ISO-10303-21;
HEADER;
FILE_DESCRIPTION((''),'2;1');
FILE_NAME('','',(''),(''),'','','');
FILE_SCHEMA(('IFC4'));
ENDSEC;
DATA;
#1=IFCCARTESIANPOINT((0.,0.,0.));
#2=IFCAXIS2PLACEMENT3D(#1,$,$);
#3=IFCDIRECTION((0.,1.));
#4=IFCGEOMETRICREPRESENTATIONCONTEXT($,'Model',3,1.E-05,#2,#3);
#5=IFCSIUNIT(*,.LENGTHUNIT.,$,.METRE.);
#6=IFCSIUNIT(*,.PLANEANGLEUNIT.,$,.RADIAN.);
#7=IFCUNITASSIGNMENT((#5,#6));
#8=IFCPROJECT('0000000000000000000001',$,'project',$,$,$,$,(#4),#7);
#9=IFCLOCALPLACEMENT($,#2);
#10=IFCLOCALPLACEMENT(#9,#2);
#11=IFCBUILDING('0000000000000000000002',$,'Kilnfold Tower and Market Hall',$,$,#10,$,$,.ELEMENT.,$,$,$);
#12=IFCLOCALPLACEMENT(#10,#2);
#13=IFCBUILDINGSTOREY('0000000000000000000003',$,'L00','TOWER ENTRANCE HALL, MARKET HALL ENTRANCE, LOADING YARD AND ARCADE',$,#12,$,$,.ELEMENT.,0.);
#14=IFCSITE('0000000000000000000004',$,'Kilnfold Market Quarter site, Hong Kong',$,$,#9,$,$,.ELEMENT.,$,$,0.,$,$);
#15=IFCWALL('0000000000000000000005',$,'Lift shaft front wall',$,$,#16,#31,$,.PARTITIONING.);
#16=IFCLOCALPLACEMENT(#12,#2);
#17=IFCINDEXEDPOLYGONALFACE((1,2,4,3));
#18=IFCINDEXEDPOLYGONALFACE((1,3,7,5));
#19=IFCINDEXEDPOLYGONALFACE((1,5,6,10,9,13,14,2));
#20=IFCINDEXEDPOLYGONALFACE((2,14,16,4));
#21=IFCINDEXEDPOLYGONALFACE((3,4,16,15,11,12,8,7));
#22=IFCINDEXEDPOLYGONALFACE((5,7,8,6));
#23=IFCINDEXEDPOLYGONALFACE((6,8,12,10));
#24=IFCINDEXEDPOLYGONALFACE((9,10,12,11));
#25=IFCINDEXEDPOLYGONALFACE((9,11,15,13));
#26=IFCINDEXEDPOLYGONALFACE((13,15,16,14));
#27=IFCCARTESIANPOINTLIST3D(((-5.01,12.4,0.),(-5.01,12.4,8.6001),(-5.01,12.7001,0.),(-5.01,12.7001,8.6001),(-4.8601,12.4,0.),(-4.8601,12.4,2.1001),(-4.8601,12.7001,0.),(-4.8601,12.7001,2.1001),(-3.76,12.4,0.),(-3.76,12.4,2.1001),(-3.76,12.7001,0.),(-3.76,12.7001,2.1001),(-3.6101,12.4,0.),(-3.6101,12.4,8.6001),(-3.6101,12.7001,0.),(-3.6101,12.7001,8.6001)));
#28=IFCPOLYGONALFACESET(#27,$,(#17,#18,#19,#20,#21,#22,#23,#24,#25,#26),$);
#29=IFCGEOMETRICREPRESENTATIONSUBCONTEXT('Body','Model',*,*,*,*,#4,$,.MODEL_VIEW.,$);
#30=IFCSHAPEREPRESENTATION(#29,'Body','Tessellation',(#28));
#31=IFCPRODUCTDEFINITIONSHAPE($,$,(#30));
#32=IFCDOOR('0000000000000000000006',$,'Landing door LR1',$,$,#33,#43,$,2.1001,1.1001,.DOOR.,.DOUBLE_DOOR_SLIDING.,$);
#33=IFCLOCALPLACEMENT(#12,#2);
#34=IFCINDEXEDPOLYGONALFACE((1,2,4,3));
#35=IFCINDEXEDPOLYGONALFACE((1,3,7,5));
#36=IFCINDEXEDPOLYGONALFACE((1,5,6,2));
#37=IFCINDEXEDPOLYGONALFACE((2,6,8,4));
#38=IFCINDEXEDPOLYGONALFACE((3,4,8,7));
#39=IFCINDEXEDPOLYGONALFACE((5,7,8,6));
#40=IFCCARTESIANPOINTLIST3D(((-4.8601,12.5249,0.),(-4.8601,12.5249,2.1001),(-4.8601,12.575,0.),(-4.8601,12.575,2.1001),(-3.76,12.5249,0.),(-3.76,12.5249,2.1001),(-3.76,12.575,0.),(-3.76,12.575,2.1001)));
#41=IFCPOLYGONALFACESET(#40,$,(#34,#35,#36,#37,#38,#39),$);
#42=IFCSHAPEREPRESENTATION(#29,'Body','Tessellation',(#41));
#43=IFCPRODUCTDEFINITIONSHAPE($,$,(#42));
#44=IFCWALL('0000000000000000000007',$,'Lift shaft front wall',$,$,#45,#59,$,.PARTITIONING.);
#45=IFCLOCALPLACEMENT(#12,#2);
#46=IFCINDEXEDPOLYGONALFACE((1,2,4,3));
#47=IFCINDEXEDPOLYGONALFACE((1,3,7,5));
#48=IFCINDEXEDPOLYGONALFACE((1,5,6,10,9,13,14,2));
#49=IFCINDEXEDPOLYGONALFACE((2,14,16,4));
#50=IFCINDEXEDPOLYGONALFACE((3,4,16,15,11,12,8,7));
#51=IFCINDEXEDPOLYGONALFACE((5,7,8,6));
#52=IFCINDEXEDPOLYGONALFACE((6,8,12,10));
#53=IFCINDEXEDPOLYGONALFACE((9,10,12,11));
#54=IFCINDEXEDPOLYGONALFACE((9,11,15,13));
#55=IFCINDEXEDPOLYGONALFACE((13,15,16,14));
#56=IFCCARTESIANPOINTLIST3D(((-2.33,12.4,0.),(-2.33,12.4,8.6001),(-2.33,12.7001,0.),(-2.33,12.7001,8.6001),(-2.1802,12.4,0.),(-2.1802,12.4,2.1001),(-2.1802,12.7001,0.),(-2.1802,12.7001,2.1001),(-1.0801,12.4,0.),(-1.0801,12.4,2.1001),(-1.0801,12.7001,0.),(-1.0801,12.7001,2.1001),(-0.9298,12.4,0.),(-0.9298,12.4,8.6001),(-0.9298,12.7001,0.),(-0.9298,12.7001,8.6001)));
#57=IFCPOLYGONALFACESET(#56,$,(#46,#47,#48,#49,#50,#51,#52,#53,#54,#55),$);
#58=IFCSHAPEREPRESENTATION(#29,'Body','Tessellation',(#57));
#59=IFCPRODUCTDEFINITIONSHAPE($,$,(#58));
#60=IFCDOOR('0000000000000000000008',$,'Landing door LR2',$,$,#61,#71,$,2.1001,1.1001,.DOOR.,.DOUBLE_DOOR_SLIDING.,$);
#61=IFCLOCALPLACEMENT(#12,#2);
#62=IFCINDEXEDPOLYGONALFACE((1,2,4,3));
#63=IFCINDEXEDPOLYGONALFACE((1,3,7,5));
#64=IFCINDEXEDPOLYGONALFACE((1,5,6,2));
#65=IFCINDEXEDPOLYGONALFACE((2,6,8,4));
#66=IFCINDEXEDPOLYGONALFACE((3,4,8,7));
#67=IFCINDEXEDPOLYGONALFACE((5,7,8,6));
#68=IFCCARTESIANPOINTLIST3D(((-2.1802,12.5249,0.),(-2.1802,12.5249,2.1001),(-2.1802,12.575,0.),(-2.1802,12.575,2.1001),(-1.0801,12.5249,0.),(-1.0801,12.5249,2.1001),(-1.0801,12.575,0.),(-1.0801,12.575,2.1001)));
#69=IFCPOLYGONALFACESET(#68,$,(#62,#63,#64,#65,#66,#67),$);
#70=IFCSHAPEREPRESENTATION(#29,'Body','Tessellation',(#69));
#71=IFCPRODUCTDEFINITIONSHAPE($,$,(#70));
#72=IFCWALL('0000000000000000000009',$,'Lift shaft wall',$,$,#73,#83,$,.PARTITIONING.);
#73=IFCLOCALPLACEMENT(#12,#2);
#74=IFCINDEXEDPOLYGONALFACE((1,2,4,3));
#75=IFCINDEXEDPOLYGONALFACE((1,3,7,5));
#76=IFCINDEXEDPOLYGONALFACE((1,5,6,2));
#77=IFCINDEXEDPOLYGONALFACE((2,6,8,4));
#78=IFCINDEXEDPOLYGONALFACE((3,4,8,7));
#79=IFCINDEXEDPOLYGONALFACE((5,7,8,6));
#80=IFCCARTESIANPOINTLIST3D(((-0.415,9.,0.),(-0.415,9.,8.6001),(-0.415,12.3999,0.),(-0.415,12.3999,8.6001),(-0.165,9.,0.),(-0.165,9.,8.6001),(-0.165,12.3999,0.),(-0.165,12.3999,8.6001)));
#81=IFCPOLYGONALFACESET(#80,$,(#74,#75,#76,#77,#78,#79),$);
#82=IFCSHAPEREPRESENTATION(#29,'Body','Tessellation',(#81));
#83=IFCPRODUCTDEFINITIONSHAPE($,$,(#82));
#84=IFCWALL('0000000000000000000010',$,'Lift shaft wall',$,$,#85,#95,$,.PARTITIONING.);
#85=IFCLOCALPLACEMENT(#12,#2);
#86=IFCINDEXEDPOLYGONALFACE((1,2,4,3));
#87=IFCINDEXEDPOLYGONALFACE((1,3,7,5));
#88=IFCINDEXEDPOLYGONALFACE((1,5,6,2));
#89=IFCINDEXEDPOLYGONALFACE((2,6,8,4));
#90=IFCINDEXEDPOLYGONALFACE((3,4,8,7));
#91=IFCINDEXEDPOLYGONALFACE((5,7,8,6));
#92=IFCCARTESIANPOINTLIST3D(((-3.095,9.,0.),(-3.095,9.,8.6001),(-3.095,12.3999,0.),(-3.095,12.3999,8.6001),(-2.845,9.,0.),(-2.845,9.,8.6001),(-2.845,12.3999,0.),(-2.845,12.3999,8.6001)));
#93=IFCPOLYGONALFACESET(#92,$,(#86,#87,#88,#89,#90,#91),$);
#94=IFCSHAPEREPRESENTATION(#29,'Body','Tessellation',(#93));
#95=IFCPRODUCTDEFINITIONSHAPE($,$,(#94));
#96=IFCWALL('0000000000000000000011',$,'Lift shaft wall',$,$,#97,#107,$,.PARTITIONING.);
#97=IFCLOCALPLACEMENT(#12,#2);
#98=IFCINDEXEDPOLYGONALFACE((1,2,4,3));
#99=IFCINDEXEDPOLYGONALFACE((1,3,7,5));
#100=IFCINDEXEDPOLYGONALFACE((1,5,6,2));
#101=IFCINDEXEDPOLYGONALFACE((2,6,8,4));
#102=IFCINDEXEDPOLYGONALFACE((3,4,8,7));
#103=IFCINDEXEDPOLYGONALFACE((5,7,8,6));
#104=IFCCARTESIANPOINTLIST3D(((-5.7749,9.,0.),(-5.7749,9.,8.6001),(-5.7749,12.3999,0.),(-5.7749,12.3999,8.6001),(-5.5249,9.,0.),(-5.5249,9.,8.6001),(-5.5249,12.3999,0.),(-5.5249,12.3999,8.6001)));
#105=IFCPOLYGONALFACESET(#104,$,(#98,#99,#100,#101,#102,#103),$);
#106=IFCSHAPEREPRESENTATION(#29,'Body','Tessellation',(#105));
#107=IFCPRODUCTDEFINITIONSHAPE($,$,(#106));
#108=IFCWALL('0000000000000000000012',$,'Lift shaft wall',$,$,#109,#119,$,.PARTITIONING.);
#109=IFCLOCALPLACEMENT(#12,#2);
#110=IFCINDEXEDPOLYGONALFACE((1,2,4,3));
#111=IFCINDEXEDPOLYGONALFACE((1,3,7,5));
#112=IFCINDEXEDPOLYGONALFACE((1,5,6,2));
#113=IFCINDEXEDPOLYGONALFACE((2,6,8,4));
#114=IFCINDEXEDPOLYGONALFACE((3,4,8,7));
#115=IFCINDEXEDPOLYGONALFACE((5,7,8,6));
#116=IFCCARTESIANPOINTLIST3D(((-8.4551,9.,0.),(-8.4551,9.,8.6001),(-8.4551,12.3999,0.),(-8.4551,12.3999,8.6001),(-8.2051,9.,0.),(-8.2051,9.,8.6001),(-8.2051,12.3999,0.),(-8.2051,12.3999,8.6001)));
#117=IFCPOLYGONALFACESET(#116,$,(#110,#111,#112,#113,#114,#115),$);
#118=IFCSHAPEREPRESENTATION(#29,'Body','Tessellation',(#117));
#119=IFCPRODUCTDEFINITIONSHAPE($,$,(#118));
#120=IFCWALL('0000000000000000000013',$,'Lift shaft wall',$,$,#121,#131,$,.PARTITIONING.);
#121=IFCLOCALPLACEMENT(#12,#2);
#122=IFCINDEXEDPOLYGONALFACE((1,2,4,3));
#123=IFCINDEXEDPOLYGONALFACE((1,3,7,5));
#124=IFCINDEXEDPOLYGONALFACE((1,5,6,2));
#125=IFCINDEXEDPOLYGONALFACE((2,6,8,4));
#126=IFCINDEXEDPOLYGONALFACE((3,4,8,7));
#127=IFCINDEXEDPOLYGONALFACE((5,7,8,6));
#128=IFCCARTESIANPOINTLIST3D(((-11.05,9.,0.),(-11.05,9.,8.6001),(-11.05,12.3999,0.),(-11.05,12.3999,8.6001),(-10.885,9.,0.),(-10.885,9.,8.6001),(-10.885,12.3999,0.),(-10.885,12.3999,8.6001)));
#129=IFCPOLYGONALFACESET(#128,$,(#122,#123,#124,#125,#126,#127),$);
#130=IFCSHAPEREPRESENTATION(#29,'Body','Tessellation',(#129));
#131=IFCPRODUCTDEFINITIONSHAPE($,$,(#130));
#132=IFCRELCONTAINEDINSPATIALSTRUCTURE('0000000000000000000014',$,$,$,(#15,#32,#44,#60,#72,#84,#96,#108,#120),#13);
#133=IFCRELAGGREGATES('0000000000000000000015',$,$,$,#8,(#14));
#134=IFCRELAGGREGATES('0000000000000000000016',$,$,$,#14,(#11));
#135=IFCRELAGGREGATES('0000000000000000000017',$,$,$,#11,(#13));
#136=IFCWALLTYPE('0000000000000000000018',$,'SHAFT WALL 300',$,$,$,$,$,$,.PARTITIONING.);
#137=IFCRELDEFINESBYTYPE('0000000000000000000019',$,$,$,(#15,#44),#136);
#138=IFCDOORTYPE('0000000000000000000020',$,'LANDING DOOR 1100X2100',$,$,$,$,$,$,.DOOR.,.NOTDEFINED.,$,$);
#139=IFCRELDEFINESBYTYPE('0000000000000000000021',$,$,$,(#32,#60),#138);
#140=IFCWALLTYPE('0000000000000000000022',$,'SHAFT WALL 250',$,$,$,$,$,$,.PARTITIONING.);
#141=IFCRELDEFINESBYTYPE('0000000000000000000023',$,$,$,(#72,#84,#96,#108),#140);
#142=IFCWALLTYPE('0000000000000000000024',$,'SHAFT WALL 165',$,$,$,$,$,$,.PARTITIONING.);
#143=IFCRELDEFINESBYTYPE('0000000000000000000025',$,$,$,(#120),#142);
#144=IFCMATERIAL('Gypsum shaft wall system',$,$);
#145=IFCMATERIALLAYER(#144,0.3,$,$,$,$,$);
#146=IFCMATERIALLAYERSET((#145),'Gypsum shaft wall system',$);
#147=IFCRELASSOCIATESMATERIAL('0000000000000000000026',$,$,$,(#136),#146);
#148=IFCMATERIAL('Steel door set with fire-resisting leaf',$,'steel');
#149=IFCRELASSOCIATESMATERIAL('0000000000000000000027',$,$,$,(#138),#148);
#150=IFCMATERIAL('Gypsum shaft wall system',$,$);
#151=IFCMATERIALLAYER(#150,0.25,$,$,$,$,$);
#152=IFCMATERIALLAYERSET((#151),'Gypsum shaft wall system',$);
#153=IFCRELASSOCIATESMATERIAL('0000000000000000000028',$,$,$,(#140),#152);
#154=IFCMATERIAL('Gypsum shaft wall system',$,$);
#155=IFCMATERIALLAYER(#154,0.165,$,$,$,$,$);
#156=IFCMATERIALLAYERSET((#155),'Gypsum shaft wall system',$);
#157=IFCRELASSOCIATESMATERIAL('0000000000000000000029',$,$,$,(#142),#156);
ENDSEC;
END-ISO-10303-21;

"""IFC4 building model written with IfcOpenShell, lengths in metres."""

from ifc_helpers import new_model, si_unit, direction, frame, frame_2d, origin, place, context, subcontext, project, spatial, rectangle, extrude, source, transform, mapped, material, layer, layer_set, type_object, element, fill, save


model = new_model("IFC4")

# Units and contexts
model_context = context("Model", 3, precision=1e-05, world=origin(), true_north=direction((0.0, 1.0)))
body_context = subcontext(model_context, "Body", "Model", "MODEL_VIEW")
ifc_project = project(units=[si_unit("LENGTHUNIT", "METRE"), si_unit("PLANEANGLEUNIT", "RADIAN")], contexts=[model_context])

# Site, building, storey
site_placement = place(None, origin())
site = spatial("IfcSite", under=ifc_project, at=site_placement, Name="Kilnfold Market Quarter site, Hong Kong", CompositionType="ELEMENT", RefElevation=0.0)
building_placement = place(site_placement, origin())
building = spatial("IfcBuilding", under=site, at=building_placement, Name="Kilnfold Tower and Market Hall", CompositionType="ELEMENT")
storey_placement = place(building_placement, origin())
storey = spatial("IfcBuildingStorey", under=building, at=storey_placement, Name="L00", Description="TOWER ENTRANCE HALL, MARKET HALL ENTRANCE, LOADING YARD AND ARCADE", CompositionType="ELEMENT", Elevation=0.0)

# Walls, openings, doors
ifc_material_1 = material(Name="Gypsum shaft wall system")
ifc_layer_1 = layer(ifc_material_1, 0.3)
ifc_layer_set_1 = layer_set([ifc_layer_1], Name="Gypsum shaft wall system")
wall_type_1 = type_object("IfcWallType", Name="SHAFT WALL 300", PredefinedType="PARTITIONING", material=ifc_layer_set_1)
shared_shape_1 = source(origin(), body_context, "Body", "SweptSolid", [
    extrude(rectangle(XDim=1.3999, YDim=0.3, at=frame_2d((0.7, 0.0))), origin(), (0.0, 0.0, 1.0), 8.6001),
])
wall_1_placement = place(storey_placement, frame((-5.01, 12.55, 0.0), z_axis=(0.0, 0.0, 1.0), x_axis=(1.0, 0.0, 0.0)))
wall_1 = element("IfcWall", 1, at=wall_1_placement, inside=storey, type_object=wall_type_1, Name="Lift shaft front wall", PredefinedType="PARTITIONING", context=body_context, shape_type="MappedRepresentation", body=[
    mapped(shared_shape_1, transform((0.0, 0.0, 0.0))),
])
opening_1_placement = place(wall_1_placement, frame((0.1499, 0.0, 0.0)))
opening_1 = element("IfcOpeningElement", 2, at=opening_1_placement, cuts=wall_1, PredefinedType="OPENING", context=body_context, shape_type="SweptSolid", body=[
    extrude(rectangle(XDim=1.1001, YDim=2.1001, at=frame_2d((0.55, 1.05))), frame((0.0, 0.1602, 0.0), z_axis=(0.0, -1.0, 0.0), x_axis=(1.0, 0.0, 0.0)), (0.0, 0.0, 1.0), 0.3201),
])
ifc_material_2 = material(Name="Steel door set with fire-resisting leaf", Category="steel")
door_type_1 = type_object("IfcDoorType", Name="LANDING DOOR 1100X2100", OperationType="NOTDEFINED", PredefinedType="DOOR", material=ifc_material_2)
door_1_placement = place(opening_1_placement, origin())
door_1 = element("IfcDoor", 3, at=door_1_placement, inside=storey, type_object=door_type_1, Name="Landing door LR1", OperationType="DOUBLE_DOOR_SLIDING", OverallHeight=2.1001, OverallWidth=1.1001, PredefinedType="DOOR", context=body_context, shape_type="SweptSolid", body=[
    extrude(rectangle(XDim=1.1001, YDim=2.1001, at=frame_2d((0.55, 1.05))), frame((0.0, 0.0249, 0.0), z_axis=(0.0, -1.0, 0.0), x_axis=(1.0, 0.0, 0.0)), (0.0, 0.0, 1.0), 0.05),
])
fill(opening_1, door_1)
shared_shape_2 = source(origin(), body_context, "Body", "SweptSolid", [
    extrude(rectangle(XDim=1.4001, YDim=0.3, at=frame_2d((0.7002, 0.0))), origin(), (0.0, 0.0, 1.0), 8.6001),
])
wall_2_placement = place(storey_placement, frame((-2.3301, 12.55, 0.0), z_axis=(0.0, 0.0, 1.0), x_axis=(1.0, 0.0, 0.0)))
wall_2 = element("IfcWall", 4, at=wall_2_placement, inside=storey, type_object=wall_type_1, Name="Lift shaft front wall", PredefinedType="PARTITIONING", context=body_context, shape_type="MappedRepresentation", body=[
    mapped(shared_shape_2, transform((0.0, 0.0, 0.0))),
])
opening_2_placement = place(wall_2_placement, frame((0.1499, 0.0, 0.0)))
opening_2 = element("IfcOpeningElement", 5, at=opening_2_placement, cuts=wall_2, PredefinedType="OPENING", context=body_context, shape_type="SweptSolid", body=[
    extrude(rectangle(XDim=1.1001, YDim=2.1001, at=frame_2d((0.55, 1.05))), frame((0.0, 0.1602, 0.0), z_axis=(0.0, -1.0, 0.0), x_axis=(1.0, 0.0, 0.0)), (0.0, 0.0, 1.0), 0.3201),
])
door_2_placement = place(opening_2_placement, origin())
door_2 = element("IfcDoor", 6, at=door_2_placement, inside=storey, type_object=door_type_1, Name="Landing door LR2", OperationType="DOUBLE_DOOR_SLIDING", OverallHeight=2.1001, OverallWidth=1.1001, PredefinedType="DOOR", context=body_context, shape_type="SweptSolid", body=[
    extrude(rectangle(XDim=1.1001, YDim=2.1001, at=frame_2d((0.55, 1.05))), frame((0.0, 0.0249, 0.0), z_axis=(0.0, -1.0, 0.0), x_axis=(1.0, 0.0, 0.0)), (0.0, 0.0, 1.0), 0.05),
])
fill(opening_2, door_2)

# Walls
ifc_material_3 = material(Name="Gypsum shaft wall system")
ifc_layer_2 = layer(ifc_material_3, 0.25)
ifc_layer_set_2 = layer_set([ifc_layer_2], Name="Gypsum shaft wall system")
wall_type_2 = type_object("IfcWallType", Name="SHAFT WALL 250", PredefinedType="PARTITIONING", material=ifc_layer_set_2)
shared_shape_3 = source(origin(), body_context, "Body", "SweptSolid", [
    extrude(rectangle(XDim=3.3999, YDim=0.25, at=frame_2d((1.7, 0.0))), origin(), (0.0, 0.0, 1.0), 8.6001),
])
for number, where, z_axis, x_axis, name in (
    (7, (-0.29, 9.0, 0.0), (0.0, 0.0, 1.0), (0.0, 1.0, 0.0), "Lift shaft wall"),
    (8, (-2.97, 9.0, 0.0), (0.0, 0.0, 1.0), (0.0, 1.0, 0.0), "Lift shaft wall"),
    (9, (-5.6499, 9.0, 0.0), (0.0, 0.0, 1.0), (0.0, 1.0, 0.0), "Lift shaft wall"),
    (10, (-8.3301, 9.0, 0.0), (0.0, 0.0, 1.0), (0.0, 1.0, 0.0), "Lift shaft wall"),
):
    element("IfcWall", number, at=place(storey_placement, frame(where, z_axis=z_axis, x_axis=x_axis)), inside=storey, type_object=wall_type_2, Name=name, PredefinedType="PARTITIONING", context=body_context, shape_type="MappedRepresentation", body=[
        mapped(shared_shape_3, transform((0.0, 0.0, 0.0))),
    ])
ifc_material_4 = material(Name="Gypsum shaft wall system")
ifc_layer_3 = layer(ifc_material_4, 0.165)
ifc_layer_set_3 = layer_set([ifc_layer_3], Name="Gypsum shaft wall system")
wall_type_3 = type_object("IfcWallType", Name="SHAFT WALL 165", PredefinedType="PARTITIONING", material=ifc_layer_set_3)
shared_shape_4 = source(origin(), body_context, "Body", "SweptSolid", [
    extrude(rectangle(XDim=3.3999, YDim=0.165, at=frame_2d((1.7, 0.0))), origin(), (0.0, 0.0, 1.0), 8.6001),
])
wall_3_placement = place(storey_placement, frame((-10.9675, 9.0, 0.0), z_axis=(0.0, 0.0, 1.0), x_axis=(0.0, 1.0, 0.0)))
element("IfcWall", 11, at=wall_3_placement, inside=storey, type_object=wall_type_3, Name="Lift shaft wall", PredefinedType="PARTITIONING", context=body_context, shape_type="MappedRepresentation", body=[
    mapped(shared_shape_4, transform((0.0, 0.0, 0.0))),
])

save(model, "model.ifc")
